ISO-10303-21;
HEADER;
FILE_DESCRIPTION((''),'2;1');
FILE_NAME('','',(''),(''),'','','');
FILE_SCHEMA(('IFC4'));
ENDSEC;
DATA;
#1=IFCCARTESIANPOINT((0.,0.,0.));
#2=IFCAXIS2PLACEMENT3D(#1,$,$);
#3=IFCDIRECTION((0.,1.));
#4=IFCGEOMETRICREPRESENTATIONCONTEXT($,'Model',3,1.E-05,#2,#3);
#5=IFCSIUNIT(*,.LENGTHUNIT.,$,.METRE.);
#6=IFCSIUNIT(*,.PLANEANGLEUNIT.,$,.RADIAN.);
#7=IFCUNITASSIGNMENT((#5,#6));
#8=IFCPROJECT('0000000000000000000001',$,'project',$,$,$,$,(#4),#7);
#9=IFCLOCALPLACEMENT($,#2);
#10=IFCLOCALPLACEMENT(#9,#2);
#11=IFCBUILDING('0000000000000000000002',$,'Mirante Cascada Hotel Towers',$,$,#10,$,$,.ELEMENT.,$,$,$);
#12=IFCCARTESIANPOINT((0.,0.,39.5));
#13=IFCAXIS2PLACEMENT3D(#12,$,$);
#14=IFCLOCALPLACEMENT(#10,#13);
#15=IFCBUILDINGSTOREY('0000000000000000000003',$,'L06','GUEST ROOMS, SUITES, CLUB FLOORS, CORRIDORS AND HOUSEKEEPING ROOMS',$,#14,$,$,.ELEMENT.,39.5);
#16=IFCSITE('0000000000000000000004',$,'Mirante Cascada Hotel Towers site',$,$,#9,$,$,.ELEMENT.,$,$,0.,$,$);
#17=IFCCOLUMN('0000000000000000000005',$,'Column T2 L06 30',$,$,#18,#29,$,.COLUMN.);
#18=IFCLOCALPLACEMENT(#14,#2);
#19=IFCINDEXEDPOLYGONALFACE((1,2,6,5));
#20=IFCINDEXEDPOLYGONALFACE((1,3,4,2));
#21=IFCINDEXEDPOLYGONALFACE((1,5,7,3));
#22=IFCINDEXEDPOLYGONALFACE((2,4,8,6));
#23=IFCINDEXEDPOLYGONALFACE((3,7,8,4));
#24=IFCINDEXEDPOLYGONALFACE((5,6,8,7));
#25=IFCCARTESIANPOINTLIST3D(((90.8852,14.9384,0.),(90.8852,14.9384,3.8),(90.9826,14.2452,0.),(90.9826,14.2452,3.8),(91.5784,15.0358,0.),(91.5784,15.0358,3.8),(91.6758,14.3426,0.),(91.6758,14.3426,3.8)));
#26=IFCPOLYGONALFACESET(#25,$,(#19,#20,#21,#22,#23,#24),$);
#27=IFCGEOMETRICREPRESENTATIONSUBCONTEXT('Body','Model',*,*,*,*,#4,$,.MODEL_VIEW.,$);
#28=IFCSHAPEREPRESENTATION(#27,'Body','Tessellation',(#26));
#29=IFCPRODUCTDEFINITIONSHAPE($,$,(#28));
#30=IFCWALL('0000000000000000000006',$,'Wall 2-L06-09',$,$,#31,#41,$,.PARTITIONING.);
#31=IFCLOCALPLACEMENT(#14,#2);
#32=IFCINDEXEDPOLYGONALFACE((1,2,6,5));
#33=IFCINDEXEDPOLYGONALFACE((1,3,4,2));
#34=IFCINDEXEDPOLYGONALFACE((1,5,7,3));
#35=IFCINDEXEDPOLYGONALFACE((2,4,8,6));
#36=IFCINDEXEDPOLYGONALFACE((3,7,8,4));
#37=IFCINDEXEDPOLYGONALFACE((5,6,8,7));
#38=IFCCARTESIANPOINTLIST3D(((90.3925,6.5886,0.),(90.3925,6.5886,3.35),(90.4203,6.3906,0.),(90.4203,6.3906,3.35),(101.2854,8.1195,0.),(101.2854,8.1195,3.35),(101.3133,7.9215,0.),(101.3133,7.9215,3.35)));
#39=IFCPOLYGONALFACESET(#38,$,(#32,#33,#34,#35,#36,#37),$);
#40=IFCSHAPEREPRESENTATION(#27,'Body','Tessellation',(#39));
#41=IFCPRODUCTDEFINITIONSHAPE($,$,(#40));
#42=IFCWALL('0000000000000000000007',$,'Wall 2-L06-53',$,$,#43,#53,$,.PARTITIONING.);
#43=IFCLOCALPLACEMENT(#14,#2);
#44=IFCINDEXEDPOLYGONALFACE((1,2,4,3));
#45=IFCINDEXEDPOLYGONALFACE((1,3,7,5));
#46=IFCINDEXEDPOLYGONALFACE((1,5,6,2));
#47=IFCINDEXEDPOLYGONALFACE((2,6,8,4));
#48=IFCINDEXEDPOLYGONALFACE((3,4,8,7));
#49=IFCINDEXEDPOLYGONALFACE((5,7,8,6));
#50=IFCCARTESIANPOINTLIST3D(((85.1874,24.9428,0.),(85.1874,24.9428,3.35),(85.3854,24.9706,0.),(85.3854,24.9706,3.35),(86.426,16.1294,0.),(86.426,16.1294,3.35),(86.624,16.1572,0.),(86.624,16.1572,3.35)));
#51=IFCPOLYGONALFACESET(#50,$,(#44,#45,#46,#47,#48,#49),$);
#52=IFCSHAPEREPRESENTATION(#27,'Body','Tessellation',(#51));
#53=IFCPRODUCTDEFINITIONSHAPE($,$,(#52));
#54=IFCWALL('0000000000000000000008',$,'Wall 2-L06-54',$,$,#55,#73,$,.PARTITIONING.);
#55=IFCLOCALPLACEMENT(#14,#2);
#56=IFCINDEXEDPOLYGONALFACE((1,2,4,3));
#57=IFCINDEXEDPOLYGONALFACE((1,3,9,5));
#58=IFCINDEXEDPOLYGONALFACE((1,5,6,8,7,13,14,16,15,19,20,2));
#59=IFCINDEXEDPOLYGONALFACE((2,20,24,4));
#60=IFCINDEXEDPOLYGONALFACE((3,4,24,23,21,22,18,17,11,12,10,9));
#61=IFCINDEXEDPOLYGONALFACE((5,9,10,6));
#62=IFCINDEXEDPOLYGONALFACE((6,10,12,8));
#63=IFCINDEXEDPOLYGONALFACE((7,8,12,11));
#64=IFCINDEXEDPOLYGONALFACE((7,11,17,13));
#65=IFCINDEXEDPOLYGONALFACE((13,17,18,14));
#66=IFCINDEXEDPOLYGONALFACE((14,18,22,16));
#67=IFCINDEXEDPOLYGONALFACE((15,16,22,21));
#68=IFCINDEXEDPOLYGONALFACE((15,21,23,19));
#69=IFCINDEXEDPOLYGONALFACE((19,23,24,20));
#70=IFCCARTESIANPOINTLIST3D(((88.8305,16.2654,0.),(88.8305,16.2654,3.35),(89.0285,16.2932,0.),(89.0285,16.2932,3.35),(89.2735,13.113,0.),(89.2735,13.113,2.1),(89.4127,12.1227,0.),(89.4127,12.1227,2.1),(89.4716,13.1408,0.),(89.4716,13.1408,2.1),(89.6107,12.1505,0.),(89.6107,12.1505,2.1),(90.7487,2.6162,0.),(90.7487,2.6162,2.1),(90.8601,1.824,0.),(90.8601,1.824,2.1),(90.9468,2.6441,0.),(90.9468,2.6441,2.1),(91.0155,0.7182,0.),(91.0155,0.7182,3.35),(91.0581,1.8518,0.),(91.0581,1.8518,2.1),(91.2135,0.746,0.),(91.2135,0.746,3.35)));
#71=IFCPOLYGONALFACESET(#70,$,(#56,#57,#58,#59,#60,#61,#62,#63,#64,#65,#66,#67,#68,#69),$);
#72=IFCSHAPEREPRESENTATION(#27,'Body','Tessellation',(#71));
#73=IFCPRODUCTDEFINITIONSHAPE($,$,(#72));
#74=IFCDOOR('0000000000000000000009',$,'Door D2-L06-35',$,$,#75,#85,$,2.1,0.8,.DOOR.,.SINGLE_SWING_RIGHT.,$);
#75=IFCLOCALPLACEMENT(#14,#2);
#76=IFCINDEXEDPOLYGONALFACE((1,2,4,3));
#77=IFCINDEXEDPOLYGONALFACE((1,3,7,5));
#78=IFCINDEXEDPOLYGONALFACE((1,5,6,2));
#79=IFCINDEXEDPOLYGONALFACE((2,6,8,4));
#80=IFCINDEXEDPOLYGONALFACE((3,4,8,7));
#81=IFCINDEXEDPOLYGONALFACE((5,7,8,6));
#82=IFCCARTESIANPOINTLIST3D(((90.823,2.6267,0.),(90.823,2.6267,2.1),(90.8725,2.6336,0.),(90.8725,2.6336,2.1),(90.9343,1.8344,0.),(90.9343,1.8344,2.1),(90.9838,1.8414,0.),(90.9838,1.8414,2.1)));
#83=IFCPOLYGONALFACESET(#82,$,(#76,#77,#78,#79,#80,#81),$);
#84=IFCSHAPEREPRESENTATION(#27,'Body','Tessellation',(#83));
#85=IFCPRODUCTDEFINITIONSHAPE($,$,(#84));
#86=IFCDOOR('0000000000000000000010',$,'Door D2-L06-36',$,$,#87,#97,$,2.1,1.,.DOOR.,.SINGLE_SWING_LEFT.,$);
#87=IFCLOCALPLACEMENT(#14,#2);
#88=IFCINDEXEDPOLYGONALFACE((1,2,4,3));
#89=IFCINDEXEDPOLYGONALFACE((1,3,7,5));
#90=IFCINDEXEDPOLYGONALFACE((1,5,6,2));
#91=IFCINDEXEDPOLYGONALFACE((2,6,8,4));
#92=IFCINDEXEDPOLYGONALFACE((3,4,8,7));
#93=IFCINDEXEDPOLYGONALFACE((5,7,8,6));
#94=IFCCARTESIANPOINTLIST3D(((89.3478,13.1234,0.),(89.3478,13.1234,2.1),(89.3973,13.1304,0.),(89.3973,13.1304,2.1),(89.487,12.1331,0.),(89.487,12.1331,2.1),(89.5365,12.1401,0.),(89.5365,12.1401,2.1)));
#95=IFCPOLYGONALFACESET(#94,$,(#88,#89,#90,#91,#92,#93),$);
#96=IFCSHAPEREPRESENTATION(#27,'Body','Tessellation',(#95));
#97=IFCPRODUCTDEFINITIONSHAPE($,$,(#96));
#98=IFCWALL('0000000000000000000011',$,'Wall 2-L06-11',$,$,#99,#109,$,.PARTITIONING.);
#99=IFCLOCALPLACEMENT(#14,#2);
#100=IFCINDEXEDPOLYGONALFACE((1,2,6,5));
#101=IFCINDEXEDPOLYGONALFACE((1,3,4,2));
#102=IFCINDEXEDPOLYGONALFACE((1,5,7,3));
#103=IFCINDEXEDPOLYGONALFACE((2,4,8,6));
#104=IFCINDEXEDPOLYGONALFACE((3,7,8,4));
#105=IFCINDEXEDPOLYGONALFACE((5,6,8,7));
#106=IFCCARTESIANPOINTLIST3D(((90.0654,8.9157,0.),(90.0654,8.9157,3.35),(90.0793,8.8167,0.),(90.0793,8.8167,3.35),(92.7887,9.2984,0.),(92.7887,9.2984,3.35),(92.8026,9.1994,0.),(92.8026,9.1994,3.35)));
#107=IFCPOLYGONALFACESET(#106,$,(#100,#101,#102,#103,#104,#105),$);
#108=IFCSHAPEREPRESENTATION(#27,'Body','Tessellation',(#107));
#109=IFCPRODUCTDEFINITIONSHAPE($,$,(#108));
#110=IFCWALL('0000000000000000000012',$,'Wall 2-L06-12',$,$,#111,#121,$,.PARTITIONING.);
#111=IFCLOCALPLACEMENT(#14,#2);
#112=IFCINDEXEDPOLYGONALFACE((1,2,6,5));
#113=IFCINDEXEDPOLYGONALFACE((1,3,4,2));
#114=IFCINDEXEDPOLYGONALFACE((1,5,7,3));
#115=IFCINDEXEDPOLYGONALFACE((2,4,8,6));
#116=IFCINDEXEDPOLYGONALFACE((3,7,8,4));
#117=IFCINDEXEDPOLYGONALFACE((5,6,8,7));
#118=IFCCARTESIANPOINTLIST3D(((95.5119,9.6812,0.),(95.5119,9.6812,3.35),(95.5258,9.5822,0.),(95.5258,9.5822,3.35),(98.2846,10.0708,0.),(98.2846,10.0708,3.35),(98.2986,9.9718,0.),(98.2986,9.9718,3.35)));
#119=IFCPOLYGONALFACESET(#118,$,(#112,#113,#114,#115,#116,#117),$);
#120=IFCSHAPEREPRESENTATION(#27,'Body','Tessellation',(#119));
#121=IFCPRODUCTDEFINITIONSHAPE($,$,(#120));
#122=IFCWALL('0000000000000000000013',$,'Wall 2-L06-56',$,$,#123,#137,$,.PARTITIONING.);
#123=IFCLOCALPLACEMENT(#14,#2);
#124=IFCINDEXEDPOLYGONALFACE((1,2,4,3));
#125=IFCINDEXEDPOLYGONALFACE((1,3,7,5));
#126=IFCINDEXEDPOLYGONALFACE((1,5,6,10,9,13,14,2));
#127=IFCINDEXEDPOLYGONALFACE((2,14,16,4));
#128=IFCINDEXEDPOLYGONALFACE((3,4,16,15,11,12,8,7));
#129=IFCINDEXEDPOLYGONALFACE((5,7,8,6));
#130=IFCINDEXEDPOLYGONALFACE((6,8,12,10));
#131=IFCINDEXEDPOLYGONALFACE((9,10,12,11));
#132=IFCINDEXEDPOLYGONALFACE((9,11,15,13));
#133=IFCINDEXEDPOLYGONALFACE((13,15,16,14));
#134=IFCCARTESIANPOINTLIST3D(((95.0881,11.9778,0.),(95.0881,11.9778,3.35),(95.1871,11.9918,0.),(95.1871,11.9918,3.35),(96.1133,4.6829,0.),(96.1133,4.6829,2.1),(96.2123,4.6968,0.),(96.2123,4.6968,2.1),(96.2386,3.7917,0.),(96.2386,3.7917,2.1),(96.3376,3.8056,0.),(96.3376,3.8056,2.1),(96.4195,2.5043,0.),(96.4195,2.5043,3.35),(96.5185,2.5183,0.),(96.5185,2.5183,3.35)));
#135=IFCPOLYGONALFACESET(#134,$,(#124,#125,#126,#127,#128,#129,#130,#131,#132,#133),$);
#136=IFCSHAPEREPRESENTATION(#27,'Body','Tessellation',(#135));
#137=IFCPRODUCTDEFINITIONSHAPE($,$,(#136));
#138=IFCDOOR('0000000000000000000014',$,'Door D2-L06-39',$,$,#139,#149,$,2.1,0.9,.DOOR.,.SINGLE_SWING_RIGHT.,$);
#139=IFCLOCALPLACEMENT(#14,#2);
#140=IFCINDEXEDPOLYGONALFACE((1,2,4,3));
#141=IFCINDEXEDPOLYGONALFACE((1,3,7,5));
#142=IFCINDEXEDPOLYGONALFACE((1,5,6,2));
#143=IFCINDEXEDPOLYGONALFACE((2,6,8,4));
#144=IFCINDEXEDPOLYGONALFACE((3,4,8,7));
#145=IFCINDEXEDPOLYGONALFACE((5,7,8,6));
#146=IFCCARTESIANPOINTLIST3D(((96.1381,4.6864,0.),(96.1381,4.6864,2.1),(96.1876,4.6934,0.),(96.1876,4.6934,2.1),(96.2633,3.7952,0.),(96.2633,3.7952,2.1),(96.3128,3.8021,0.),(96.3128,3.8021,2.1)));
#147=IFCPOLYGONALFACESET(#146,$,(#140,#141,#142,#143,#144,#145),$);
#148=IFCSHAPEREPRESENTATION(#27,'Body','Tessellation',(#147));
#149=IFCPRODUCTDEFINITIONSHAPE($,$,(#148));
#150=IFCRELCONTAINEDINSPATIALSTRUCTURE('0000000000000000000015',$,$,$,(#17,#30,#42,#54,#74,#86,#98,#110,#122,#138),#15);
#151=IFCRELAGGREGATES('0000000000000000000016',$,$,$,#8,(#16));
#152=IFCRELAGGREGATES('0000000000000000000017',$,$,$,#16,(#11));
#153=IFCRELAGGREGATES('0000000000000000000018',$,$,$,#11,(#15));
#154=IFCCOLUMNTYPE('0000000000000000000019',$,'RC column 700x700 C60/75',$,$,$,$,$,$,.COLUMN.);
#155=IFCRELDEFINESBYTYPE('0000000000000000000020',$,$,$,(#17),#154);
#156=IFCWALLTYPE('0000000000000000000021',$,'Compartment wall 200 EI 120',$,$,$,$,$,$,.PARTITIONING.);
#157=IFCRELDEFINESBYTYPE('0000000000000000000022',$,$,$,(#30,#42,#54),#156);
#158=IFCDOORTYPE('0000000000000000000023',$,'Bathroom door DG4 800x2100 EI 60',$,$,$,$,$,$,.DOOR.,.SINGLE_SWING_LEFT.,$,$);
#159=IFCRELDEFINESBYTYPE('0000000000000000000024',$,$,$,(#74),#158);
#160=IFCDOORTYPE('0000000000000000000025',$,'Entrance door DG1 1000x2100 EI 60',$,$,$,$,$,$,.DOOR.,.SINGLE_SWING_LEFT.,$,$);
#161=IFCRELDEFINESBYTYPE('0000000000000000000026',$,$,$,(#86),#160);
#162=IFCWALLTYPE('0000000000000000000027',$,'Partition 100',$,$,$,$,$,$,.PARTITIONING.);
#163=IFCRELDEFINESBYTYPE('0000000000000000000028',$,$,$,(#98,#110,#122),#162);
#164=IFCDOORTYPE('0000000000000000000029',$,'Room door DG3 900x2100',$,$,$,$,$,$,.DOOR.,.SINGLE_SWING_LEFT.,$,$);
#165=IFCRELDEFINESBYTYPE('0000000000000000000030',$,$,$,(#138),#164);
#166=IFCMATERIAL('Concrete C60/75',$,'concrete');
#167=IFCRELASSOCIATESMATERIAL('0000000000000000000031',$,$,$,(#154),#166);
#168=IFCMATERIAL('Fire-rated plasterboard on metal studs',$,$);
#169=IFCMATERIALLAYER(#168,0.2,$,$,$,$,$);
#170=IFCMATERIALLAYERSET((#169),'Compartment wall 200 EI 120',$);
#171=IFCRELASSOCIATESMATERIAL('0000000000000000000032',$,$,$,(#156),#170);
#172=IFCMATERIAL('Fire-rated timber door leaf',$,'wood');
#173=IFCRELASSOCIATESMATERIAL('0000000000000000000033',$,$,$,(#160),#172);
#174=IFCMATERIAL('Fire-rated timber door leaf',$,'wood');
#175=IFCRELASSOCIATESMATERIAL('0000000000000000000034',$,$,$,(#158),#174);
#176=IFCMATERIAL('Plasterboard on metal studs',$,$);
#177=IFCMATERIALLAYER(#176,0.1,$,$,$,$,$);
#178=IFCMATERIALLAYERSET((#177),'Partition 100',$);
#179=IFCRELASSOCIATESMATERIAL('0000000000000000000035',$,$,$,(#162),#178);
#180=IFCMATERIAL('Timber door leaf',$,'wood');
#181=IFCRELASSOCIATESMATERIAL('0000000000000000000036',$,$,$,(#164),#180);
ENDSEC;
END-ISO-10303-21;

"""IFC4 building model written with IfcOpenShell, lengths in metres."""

from ifc_helpers import new_model, si_unit, direction, frame, frame_2d, origin, origin_2d, place, context, subcontext, project, spatial, rectangle, extrude, material, layer, layer_set, material_profile, profile_set, type_object, element, fill, save


model = new_model("IFC4")

# Units and contexts
model_context = context("Model", 3, precision=1e-05, world=origin(), true_north=direction((0.0, 1.0)))
body_context = subcontext(model_context, "Body", "Model", "MODEL_VIEW")
ifc_project = project(units=[si_unit("LENGTHUNIT", "METRE"), si_unit("PLANEANGLEUNIT", "RADIAN")], contexts=[model_context])

# Site, building, storey
site_placement = place(None, origin())
site = spatial("IfcSite", under=ifc_project, at=site_placement, Name="Mirante Cascada Hotel Towers site", CompositionType="ELEMENT", RefElevation=0.0)
building_placement = place(site_placement, origin())
building = spatial("IfcBuilding", under=site, at=building_placement, Name="Mirante Cascada Hotel Towers", CompositionType="ELEMENT")
storey_placement = place(building_placement, frame((0.0, 0.0, 39.5)))
storey = spatial("IfcBuildingStorey", under=building, at=storey_placement, Name="L06", Description="GUEST ROOMS, SUITES, CLUB FLOORS, CORRIDORS AND HOUSEKEEPING ROOMS", CompositionType="ELEMENT", Elevation=39.5)

# Column
ifc_material_1 = material(Name="Concrete C60/75", Category="concrete")
ifc_material_profile = material_profile(ifc_material_1, rectangle(XDim=0.7, YDim=0.7, at=origin_2d()), Name="RC column 700x700 C60/75")
ifc_profile_set = profile_set([ifc_material_profile], Name="Concrete C60/75")
column_type = type_object("IfcColumnType", Name="RC column 700x700 C60/75", PredefinedType="COLUMN", material=ifc_profile_set)
column_placement = place(storey_placement, frame((91.2805, 14.6405, 0.0), z_axis=(0.0, 0.0, 1.0), x_axis=(0.990268, 0.139173, 0.0)))
element("IfcColumn", 1, at=column_placement, inside=storey, type_object=column_type, Name="Column T2 L06 30", PredefinedType="COLUMN", context=body_context, shape_type="SweptSolid", body=[
    extrude(rectangle(XDim=0.7, YDim=0.7, at=origin_2d()), origin(), (0.0, 0.0, 1.0), 3.8),
])

# Wall
ifc_material_2 = material(Name="Fire-rated plasterboard on metal studs")
ifc_layer_1 = layer(ifc_material_2, 0.2)
ifc_layer_set_1 = layer_set([ifc_layer_1], Name="Compartment wall 200 EI 120")
wall_type_1 = type_object("IfcWallType", Name="Compartment wall 200 EI 120", PredefinedType="PARTITIONING", material=ifc_layer_set_1)
wall_1_placement = place(storey_placement, frame((90.4064, 6.4896, 0.0), z_axis=(0.0, 0.0, 1.0), x_axis=(0.990268, 0.139173, 0.0)))
element("IfcWall", 2, at=wall_1_placement, inside=storey, type_object=wall_type_1, Name="Wall 2-L06-09", PredefinedType="PARTITIONING", context=body_context, shape_type="SweptSolid", body=[
    extrude(rectangle(XDim=11.0, YDim=0.2, at=frame_2d((5.5, 0.0))), origin(), (0.0, 0.0, 1.0), 3.35),
])

# Shared definitions
ifc_material_3 = material(Name="Fire-rated timber door leaf", Category="wood")
door_type_1 = type_object("IfcDoorType", Name="Entrance door DG1 1000x2100 EI 60", OperationType="SINGLE_SWING_LEFT", PredefinedType="DOOR", material=ifc_material_3)

# Wall
wall_2_placement = place(storey_placement, frame((86.525, 16.1433, 0.0), z_axis=(0.0, 0.0, 1.0), x_axis=(-0.139168, 0.990269, 0.0)))
element("IfcWall", 3, at=wall_2_placement, inside=storey, type_object=wall_type_1, Name="Wall 2-L06-53", PredefinedType="PARTITIONING", context=body_context, shape_type="SweptSolid", body=[
    extrude(rectangle(XDim=8.9, YDim=0.2, at=frame_2d((4.45, 0.0))), origin(), (0.0, 0.0, 1.0), 3.35),
])

# Wall, openings, doors
wall_3_placement = place(storey_placement, frame((88.9295, 16.2793, 0.0), z_axis=(0.0, 0.0, 1.0), x_axis=(0.139172, -0.990268, 0.0)))
wall_3 = element("IfcWall", 4, at=wall_3_placement, inside=storey, type_object=wall_type_1, Name="Wall 2-L06-54", PredefinedType="PARTITIONING", context=body_context, shape_type="SweptSolid", body=[
    extrude(rectangle(XDim=15.7, YDim=0.2, at=frame_2d((7.85, 0.0))), origin(), (0.0, 0.0, 1.0), 3.35),
])
opening_1_placement = place(wall_3_placement, frame((13.7833, 0.0, 0.0)))
opening_1 = element("IfcOpeningElement", 5, at=opening_1_placement, cuts=wall_3, PredefinedType="OPENING", context=body_context, shape_type="SweptSolid", body=[
    extrude(rectangle(XDim=0.8, YDim=2.1, at=frame_2d((0.4, 1.05))), frame((0.0, 0.1, 0.0), z_axis=(0.0, -1.0, 0.0), x_axis=(1.0, 0.0, 0.0)), (0.0, 0.0, 1.0), 0.2),
])
opening_2_placement = place(wall_3_placement, frame((3.1834, 0.0, 0.0)))
opening_2 = element("IfcOpeningElement", 6, at=opening_2_placement, cuts=wall_3, PredefinedType="OPENING", context=body_context, shape_type="SweptSolid", body=[
    extrude(rectangle(XDim=1.0, YDim=2.1, at=frame_2d((0.5, 1.05))), frame((0.0, 0.1, 0.0), z_axis=(0.0, -1.0, 0.0), x_axis=(1.0, 0.0, 0.0)), (0.0, 0.0, 1.0), 0.2),
])
ifc_material_4 = material(Name="Fire-rated timber door leaf", Category="wood")
door_type_2 = type_object("IfcDoorType", Name="Bathroom door DG4 800x2100 EI 60", OperationType="SINGLE_SWING_LEFT", PredefinedType="DOOR", material=ifc_material_4)
door_1_placement = place(opening_1_placement, frame((0.8, 0.0, 0.0), z_axis=(0.0, 0.0, 1.0), x_axis=(-1.0, 0.0, 0.0)))
door_1 = element("IfcDoor", 7, at=door_1_placement, inside=storey, type_object=door_type_2, Name="Door D2-L06-35", OperationType="SINGLE_SWING_RIGHT", OverallHeight=2.1, OverallWidth=0.8, PredefinedType="DOOR", context=body_context, shape_type="SweptSolid", body=[
    extrude(rectangle(XDim=0.8, YDim=2.1, at=frame_2d((0.4, 1.05))), frame((0.0, 0.025, 0.0), z_axis=(0.0, -1.0, 0.0), x_axis=(1.0, 0.0, 0.0)), (0.0, 0.0, 1.0), 0.05),
])
fill(opening_1, door_1)
door_2_placement = place(opening_2_placement, origin())
door_2 = element("IfcDoor", 8, at=door_2_placement, inside=storey, type_object=door_type_1, Name="Door D2-L06-36", OperationType="SINGLE_SWING_LEFT", OverallHeight=2.1, OverallWidth=1.0, PredefinedType="DOOR", context=body_context, shape_type="SweptSolid", body=[
    extrude(rectangle(XDim=1.0, YDim=2.1, at=frame_2d((0.5, 1.05))), frame((0.0, 0.025, 0.0), z_axis=(0.0, -1.0, 0.0), x_axis=(1.0, 0.0, 0.0)), (0.0, 0.0, 1.0), 0.05),
])
fill(opening_2, door_2)

# Walls
ifc_material_5 = material(Name="Plasterboard on metal studs")
ifc_layer_2 = layer(ifc_material_5, 0.1)
ifc_layer_set_2 = layer_set([ifc_layer_2], Name="Partition 100")
wall_type_2 = type_object("IfcWallType", Name="Partition 100", PredefinedType="PARTITIONING", material=ifc_layer_set_2)
wall_4_placement = place(storey_placement, frame((90.0723, 8.8662, 0.0), z_axis=(0.0, 0.0, 1.0), x_axis=(0.99027, 0.139161, 0.0)))
element("IfcWall", 9, at=wall_4_placement, inside=storey, type_object=wall_type_2, Name="Wall 2-L06-11", PredefinedType="PARTITIONING", context=body_context, shape_type="SweptSolid", body=[
    extrude(rectangle(XDim=2.7501, YDim=0.1, at=frame_2d((1.3751, 0.0))), origin(), (0.0, 0.0, 1.0), 3.35),
])
wall_5_placement = place(storey_placement, frame((98.2916, 10.0213, 0.0), z_axis=(0.0, 0.0, 1.0), x_axis=(-0.990273, -0.139141, 0.0)))
element("IfcWall", 10, at=wall_5_placement, inside=storey, type_object=wall_type_2, Name="Wall 2-L06-12", PredefinedType="PARTITIONING", context=body_context, shape_type="SweptSolid", body=[
    extrude(rectangle(XDim=2.8, YDim=0.1, at=frame_2d((1.4, 0.0))), origin(), (0.0, 0.0, 1.0), 3.35),
])

# Wall, opening, door
wall_6_placement = place(storey_placement, frame((95.1376, 11.9848, 0.0), z_axis=(0.0, 0.0, 1.0), x_axis=(0.139172, -0.990268, 0.0)))
wall_6 = element("IfcWall", 11, at=wall_6_placement, inside=storey, type_object=wall_type_2, Name="Wall 2-L06-56", PredefinedType="PARTITIONING", context=body_context, shape_type="SweptSolid", body=[
    extrude(rectangle(XDim=9.5666, YDim=0.1, at=frame_2d((4.7833, 0.0))), origin(), (0.0, 0.0, 1.0), 3.35),
])
opening_3_placement = place(wall_6_placement, frame((7.3666, 0.0, 0.0)))
opening_3 = element("IfcOpeningElement", 12, at=opening_3_placement, cuts=wall_6, PredefinedType="OPENING", context=body_context, shape_type="SweptSolid", body=[
    extrude(rectangle(XDim=0.9, YDim=2.1, at=frame_2d((0.45, 1.05))), frame((0.0, 0.05, 0.0), z_axis=(0.0, -1.0, 0.0), x_axis=(1.0, 0.0, 0.0)), (0.0, 0.0, 1.0), 0.1),
])
ifc_material_6 = material(Name="Timber door leaf", Category="wood")
door_type_3 = type_object("IfcDoorType", Name="Room door DG3 900x2100", OperationType="SINGLE_SWING_LEFT", PredefinedType="DOOR", material=ifc_material_6)
door_3_placement = place(opening_3_placement, frame((0.9, 0.0, 0.0), z_axis=(0.0, 0.0, 1.0), x_axis=(-1.0, 0.0, 0.0)))
door_3 = element("IfcDoor", 13, at=door_3_placement, inside=storey, type_object=door_type_3, Name="Door D2-L06-39", OperationType="SINGLE_SWING_RIGHT", OverallHeight=2.1, OverallWidth=0.9, PredefinedType="DOOR", context=body_context, shape_type="SweptSolid", body=[
    extrude(rectangle(XDim=0.9, YDim=2.1, at=frame_2d((0.45, 1.05))), frame((0.0, 0.025, 0.0), z_axis=(0.0, -1.0, 0.0), x_axis=(1.0, 0.0, 0.0)), (0.0, 0.0, 1.0), 0.05),
])
fill(opening_3, door_3)

save(model, "model.ifc")
